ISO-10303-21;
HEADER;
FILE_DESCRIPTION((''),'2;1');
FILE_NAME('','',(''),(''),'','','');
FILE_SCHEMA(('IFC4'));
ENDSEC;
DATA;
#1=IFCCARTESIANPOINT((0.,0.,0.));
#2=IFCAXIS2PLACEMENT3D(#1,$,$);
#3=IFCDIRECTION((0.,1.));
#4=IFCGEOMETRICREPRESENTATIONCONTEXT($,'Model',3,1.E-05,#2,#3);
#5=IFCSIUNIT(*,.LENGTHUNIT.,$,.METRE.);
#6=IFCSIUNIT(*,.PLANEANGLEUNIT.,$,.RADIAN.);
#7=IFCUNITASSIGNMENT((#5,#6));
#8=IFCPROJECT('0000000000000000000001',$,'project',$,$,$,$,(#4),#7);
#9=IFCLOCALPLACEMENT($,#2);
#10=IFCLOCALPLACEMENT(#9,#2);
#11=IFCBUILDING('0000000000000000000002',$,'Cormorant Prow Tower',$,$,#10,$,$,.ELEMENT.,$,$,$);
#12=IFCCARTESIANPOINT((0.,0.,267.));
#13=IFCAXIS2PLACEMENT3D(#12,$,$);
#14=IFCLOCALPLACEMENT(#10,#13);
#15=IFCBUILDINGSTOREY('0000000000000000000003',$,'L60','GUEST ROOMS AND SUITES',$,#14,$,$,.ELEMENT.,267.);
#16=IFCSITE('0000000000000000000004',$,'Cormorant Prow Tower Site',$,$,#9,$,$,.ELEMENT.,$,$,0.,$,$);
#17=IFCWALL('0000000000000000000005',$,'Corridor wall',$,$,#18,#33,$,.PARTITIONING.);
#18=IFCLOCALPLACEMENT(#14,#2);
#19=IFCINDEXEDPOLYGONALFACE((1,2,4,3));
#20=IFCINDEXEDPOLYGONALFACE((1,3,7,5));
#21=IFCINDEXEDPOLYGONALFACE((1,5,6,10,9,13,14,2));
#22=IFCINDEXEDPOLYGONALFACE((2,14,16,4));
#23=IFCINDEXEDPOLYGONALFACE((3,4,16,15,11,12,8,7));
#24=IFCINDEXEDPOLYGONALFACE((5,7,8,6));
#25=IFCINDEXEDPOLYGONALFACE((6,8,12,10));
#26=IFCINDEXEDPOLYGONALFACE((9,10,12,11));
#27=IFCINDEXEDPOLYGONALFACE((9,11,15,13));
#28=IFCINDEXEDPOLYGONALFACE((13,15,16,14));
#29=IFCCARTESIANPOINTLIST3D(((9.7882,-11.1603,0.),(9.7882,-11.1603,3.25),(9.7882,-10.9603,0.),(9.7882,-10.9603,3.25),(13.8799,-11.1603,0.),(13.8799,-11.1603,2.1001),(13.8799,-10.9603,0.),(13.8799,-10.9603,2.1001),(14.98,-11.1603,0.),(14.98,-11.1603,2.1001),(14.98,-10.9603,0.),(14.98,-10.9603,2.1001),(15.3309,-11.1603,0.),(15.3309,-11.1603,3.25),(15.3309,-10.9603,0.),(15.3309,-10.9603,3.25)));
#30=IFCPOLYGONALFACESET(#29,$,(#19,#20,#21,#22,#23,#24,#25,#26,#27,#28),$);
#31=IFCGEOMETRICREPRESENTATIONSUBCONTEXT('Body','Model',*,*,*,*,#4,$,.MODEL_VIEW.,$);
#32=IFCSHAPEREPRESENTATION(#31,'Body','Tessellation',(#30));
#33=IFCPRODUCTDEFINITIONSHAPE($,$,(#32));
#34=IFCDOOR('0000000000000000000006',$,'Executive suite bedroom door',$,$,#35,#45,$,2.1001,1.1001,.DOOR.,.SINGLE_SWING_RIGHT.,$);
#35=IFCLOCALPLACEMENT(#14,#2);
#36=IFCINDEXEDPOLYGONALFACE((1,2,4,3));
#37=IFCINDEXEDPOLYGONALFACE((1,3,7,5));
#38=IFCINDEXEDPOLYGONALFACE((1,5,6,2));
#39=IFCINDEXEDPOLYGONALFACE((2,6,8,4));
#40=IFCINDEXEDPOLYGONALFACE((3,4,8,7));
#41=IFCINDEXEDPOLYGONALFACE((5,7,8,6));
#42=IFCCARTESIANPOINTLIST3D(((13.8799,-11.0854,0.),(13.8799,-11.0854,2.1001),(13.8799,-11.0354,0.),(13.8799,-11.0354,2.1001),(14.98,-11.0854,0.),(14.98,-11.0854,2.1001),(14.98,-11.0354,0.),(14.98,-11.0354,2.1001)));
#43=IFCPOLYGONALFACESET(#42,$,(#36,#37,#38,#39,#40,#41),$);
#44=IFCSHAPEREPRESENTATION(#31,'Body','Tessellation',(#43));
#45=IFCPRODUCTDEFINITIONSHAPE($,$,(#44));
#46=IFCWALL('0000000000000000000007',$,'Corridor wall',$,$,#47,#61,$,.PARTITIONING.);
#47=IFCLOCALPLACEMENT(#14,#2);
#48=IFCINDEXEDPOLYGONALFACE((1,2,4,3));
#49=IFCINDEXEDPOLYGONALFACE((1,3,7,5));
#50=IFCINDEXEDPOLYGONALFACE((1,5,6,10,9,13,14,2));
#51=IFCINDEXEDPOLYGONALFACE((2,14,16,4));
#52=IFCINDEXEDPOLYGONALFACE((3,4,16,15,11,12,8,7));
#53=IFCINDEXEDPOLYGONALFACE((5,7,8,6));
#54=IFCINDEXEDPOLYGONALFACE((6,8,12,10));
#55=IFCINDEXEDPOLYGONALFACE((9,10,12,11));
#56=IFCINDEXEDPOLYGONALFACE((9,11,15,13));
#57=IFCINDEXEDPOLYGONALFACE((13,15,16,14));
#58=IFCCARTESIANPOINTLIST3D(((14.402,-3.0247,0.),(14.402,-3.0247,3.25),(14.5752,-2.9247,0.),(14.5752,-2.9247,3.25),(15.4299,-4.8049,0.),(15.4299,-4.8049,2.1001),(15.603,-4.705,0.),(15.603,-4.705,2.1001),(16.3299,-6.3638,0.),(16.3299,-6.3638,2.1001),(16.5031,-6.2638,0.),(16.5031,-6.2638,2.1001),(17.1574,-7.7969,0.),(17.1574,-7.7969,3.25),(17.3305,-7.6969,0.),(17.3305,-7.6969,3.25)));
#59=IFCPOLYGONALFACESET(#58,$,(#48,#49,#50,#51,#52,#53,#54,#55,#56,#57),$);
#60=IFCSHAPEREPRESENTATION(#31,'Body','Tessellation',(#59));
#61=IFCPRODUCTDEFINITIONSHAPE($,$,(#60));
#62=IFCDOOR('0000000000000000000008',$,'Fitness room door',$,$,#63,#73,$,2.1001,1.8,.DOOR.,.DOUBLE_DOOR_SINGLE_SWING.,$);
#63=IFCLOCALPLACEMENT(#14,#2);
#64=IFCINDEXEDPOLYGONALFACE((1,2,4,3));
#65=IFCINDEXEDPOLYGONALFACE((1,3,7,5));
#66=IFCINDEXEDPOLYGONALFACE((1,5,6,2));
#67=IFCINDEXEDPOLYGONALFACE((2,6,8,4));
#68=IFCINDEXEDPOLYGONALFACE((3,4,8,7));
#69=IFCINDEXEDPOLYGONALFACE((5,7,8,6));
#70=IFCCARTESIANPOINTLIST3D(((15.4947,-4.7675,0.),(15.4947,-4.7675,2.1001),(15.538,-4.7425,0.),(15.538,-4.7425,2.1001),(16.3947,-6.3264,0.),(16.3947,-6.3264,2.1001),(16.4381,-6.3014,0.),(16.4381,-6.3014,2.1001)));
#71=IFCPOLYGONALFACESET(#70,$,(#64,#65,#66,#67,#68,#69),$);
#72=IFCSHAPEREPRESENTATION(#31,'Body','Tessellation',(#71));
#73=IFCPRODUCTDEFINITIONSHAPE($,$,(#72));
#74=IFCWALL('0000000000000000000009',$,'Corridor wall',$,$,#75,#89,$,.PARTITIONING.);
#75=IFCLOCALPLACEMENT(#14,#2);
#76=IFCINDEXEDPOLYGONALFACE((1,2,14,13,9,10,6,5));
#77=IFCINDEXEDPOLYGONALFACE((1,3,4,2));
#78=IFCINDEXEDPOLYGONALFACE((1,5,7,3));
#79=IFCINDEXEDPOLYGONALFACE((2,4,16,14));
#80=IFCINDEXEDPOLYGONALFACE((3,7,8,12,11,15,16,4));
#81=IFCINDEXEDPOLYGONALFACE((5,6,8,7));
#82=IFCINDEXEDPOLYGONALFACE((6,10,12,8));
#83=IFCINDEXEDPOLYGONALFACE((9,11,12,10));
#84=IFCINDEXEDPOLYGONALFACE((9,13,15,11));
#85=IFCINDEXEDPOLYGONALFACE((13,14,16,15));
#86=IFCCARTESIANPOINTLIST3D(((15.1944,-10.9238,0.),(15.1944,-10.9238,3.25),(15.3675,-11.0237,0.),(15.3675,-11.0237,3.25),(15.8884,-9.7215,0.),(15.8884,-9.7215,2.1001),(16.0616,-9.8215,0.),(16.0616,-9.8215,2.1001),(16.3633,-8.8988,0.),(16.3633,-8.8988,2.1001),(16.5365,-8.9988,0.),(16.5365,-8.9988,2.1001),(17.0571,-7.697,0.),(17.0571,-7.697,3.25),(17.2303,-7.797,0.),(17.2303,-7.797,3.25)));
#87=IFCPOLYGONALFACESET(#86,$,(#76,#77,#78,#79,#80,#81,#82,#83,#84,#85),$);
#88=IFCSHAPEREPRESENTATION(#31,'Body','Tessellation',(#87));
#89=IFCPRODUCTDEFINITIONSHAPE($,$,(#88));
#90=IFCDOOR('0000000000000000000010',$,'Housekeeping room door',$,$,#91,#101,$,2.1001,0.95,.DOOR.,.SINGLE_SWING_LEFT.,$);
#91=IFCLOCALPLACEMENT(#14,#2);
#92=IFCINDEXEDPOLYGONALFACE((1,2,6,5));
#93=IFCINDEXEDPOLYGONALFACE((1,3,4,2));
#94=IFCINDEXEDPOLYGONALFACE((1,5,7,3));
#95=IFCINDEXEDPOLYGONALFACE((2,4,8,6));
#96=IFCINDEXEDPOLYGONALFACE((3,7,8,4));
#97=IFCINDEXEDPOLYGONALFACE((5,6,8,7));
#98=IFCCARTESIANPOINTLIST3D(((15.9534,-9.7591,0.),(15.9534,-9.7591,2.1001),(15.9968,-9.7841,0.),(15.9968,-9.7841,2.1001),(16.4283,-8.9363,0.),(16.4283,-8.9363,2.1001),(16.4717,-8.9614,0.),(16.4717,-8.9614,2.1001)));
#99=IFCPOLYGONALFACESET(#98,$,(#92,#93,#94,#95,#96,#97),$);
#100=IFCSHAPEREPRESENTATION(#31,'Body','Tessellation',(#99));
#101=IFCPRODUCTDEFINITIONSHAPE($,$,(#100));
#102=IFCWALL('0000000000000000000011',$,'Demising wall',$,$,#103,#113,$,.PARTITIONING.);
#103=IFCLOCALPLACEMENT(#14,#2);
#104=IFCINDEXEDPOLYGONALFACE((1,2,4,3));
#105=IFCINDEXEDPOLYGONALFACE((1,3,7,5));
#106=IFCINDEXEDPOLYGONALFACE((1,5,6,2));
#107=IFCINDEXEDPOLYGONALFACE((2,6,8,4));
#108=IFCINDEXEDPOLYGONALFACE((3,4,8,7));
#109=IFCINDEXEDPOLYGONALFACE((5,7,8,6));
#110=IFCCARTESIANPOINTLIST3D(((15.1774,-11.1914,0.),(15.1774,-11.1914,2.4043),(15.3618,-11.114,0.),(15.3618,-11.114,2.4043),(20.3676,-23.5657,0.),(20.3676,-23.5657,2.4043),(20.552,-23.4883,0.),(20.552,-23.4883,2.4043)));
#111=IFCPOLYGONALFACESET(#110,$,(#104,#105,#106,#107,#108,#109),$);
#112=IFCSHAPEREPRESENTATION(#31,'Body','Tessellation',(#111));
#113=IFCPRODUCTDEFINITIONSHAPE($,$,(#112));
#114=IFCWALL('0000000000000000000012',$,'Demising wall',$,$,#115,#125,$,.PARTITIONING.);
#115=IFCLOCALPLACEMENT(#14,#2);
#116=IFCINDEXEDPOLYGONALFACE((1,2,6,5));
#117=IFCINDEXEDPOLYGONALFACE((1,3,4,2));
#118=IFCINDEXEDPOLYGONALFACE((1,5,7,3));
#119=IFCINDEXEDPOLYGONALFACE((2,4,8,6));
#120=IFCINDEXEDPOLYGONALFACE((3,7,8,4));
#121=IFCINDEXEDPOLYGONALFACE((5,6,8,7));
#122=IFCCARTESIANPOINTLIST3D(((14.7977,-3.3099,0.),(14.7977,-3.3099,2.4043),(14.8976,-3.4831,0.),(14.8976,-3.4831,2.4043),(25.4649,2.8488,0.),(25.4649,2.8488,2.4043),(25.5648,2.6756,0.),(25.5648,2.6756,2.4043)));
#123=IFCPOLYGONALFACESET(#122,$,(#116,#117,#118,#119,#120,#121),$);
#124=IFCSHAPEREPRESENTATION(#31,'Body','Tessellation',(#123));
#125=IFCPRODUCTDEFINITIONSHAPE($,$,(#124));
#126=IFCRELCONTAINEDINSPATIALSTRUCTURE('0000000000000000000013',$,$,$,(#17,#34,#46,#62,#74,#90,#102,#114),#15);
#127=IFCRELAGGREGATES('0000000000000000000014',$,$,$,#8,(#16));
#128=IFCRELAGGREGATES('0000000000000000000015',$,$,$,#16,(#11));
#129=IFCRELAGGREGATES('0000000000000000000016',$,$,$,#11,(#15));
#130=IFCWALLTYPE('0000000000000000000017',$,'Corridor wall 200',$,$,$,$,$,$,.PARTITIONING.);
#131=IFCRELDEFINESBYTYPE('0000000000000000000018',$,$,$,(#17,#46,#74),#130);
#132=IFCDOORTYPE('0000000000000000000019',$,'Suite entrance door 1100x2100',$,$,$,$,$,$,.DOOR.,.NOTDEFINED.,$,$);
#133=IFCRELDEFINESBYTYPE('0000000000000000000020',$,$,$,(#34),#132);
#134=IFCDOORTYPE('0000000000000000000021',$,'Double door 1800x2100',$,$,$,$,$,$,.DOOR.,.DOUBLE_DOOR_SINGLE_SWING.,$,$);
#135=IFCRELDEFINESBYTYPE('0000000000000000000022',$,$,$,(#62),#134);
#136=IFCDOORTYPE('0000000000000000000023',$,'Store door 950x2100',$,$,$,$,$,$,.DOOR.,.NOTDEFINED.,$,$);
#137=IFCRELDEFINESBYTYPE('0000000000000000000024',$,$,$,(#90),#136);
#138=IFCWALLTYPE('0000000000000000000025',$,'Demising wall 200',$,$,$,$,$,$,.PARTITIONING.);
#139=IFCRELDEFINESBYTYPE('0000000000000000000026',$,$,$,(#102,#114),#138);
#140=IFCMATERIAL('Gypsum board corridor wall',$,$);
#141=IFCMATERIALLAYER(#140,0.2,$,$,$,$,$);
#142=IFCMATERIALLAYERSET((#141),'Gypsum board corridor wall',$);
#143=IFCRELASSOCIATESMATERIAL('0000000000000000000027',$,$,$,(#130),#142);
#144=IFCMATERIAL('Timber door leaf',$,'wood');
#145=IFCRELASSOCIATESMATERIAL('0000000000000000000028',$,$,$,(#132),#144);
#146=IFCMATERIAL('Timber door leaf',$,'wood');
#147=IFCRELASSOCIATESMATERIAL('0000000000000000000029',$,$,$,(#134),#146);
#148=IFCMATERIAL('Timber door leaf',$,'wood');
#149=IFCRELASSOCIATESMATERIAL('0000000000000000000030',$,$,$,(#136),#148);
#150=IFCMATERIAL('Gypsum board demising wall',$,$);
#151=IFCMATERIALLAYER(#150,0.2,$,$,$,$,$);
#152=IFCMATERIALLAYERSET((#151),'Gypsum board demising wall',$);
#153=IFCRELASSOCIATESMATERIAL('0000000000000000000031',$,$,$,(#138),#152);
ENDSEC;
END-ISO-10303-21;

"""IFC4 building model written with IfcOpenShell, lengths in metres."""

from ifc_helpers import new_model, si_unit, direction, frame, frame_2d, origin, place, context, subcontext, project, spatial, rectangle, extrude, material, layer, layer_set, type_object, element, fill, save


model = new_model("IFC4")

# Units and contexts
model_context = context("Model", 3, precision=1e-05, world=origin(), true_north=direction((0.0, 1.0)))
body_context = subcontext(model_context, "Body", "Model", "MODEL_VIEW")
ifc_project = project(units=[si_unit("LENGTHUNIT", "METRE"), si_unit("PLANEANGLEUNIT", "RADIAN")], contexts=[model_context])

# Site, building, storey
site_placement = place(None, origin())
site = spatial("IfcSite", under=ifc_project, at=site_placement, Name="Cormorant Prow Tower Site", CompositionType="ELEMENT", RefElevation=0.0)
building_placement = place(site_placement, origin())
building = spatial("IfcBuilding", under=site, at=building_placement, Name="Cormorant Prow Tower", CompositionType="ELEMENT")
storey_placement = place(building_placement, frame((0.0, 0.0, 267.0)))
storey = spatial("IfcBuildingStorey", under=building, at=storey_placement, Name="L60", Description="GUEST ROOMS AND SUITES", CompositionType="ELEMENT", Elevation=267.0)

# Walls, openings, doors
ifc_material_1 = material(Name="Gypsum board corridor wall")
ifc_layer_1 = layer(ifc_material_1, 0.2)
ifc_layer_set_1 = layer_set([ifc_layer_1], Name="Gypsum board corridor wall")
wall_type_1 = type_object("IfcWallType", Name="Corridor wall 200", PredefinedType="PARTITIONING", material=ifc_layer_set_1)
ifc_material_2 = material(Name="Timber door leaf", Category="wood")
door_type_1 = type_object("IfcDoorType", Name="Suite entrance door 1100x2100", OperationType="NOTDEFINED", PredefinedType="DOOR", material=ifc_material_2)
wall_1_placement = place(storey_placement, frame((9.7881, -11.0603, 0.0), z_axis=(0.0, 0.0, 1.0), x_axis=(1.0, 0.0, 0.0)))
wall_1 = element("IfcWall", 1, at=wall_1_placement, inside=storey, type_object=wall_type_1, Name="Corridor wall", PredefinedType="PARTITIONING", context=body_context, shape_type="SweptSolid", body=[
    extrude(rectangle(XDim=5.5427, YDim=0.2, at=frame_2d((2.7715, 0.0))), origin(), (0.0, 0.0, 1.0), 3.25),
])
opening_1_placement = place(wall_1_placement, frame((4.0918, 0.0, 0.0)))
opening_1 = element("IfcOpeningElement", 2, at=opening_1_placement, cuts=wall_1, PredefinedType="OPENING", context=body_context, shape_type="SweptSolid", body=[
    extrude(rectangle(XDim=1.1001, YDim=2.1001, at=frame_2d((0.55, 1.05))), frame((0.0, 0.1099, 0.0), z_axis=(0.0, -1.0, 0.0), x_axis=(1.0, 0.0, 0.0)), (0.0, 0.0, 1.0), 0.22),
])
door_1_placement = place(opening_1_placement, origin())
door_1 = element("IfcDoor", 3, at=door_1_placement, inside=storey, type_object=door_type_1, Name="Executive suite bedroom door", OperationType="SINGLE_SWING_RIGHT", OverallHeight=2.1001, OverallWidth=1.1001, PredefinedType="DOOR", context=body_context, shape_type="SweptSolid", body=[
    extrude(rectangle(XDim=1.1001, YDim=2.1001, at=frame_2d((0.55, 1.05))), frame((0.0, 0.0249, 0.0), z_axis=(0.0, -1.0, 0.0), x_axis=(1.0, 0.0, 0.0)), (0.0, 0.0, 1.0), 0.05),
])
fill(opening_1, door_1)
wall_2_placement = place(storey_placement, frame((14.4885, -2.9746, 0.0), z_axis=(0.0, 0.0, 1.0), x_axis=(0.500018, -0.866015, 0.0)))
wall_2 = element("IfcWall", 4, at=wall_2_placement, inside=storey, type_object=wall_type_1, Name="Corridor wall", PredefinedType="PARTITIONING", context=body_context, shape_type="SweptSolid", body=[
    extrude(rectangle(XDim=5.5105, YDim=0.2, at=frame_2d((2.7554, 0.0))), origin(), (0.0, 0.0, 1.0), 3.25),
])
opening_2_placement = place(wall_2_placement, frame((2.0559, 0.0, 0.0)))
opening_2 = element("IfcOpeningElement", 5, at=opening_2_placement, cuts=wall_2, PredefinedType="OPENING", context=body_context, shape_type="SweptSolid", body=[
    extrude(rectangle(XDim=1.8, YDim=2.1001, at=frame_2d((0.8999, 1.05))), frame((0.0, 0.1099, 0.0), z_axis=(0.0, -1.0, 0.0), x_axis=(1.0, 0.0, 0.0)), (0.0, 0.0, 1.0), 0.22),
])
ifc_material_3 = material(Name="Timber door leaf", Category="wood")
door_type_2 = type_object("IfcDoorType", Name="Double door 1800x2100", OperationType="DOUBLE_DOOR_SINGLE_SWING", PredefinedType="DOOR", material=ifc_material_3)
door_2_placement = place(opening_2_placement, origin())
door_2 = element("IfcDoor", 6, at=door_2_placement, inside=storey, type_object=door_type_2, Name="Fitness room door", OperationType="DOUBLE_DOOR_SINGLE_SWING", OverallHeight=2.1001, OverallWidth=1.8, PredefinedType="DOOR", context=body_context, shape_type="SweptSolid", body=[
    extrude(rectangle(XDim=1.8, YDim=2.1001, at=frame_2d((0.8999, 1.05))), frame((0.0, 0.0249, 0.0), z_axis=(0.0, -1.0, 0.0), x_axis=(1.0, 0.0, 0.0)), (0.0, 0.0, 1.0), 0.05),
])
fill(opening_2, door_2)
wall_3_placement = place(storey_placement, frame((15.281, -10.9736, 0.0), z_axis=(0.0, 0.0, 1.0), x_axis=(0.499959, 0.866049, 0.0)))
wall_3 = element("IfcWall", 7, at=wall_3_placement, inside=storey, type_object=wall_type_1, Name="Corridor wall", PredefinedType="PARTITIONING", context=body_context, shape_type="SweptSolid", body=[
    extrude(rectangle(XDim=3.7258, YDim=0.2, at=frame_2d((1.8628, 0.0))), origin(), (0.0, 0.0, 1.0), 3.25),
])
opening_3_placement = place(wall_3_placement, frame((1.3879, 0.0, 0.0)))
opening_3 = element("IfcOpeningElement", 8, at=opening_3_placement, cuts=wall_3, PredefinedType="OPENING", context=body_context, shape_type="SweptSolid", body=[
    extrude(rectangle(XDim=0.95, YDim=2.1001, at=frame_2d((0.4751, 1.05))), frame((0.0, 0.1099, 0.0), z_axis=(0.0, -1.0, 0.0), x_axis=(1.0, 0.0, 0.0)), (0.0, 0.0, 1.0), 0.22),
])
ifc_material_4 = material(Name="Timber door leaf", Category="wood")
door_type_3 = type_object("IfcDoorType", Name="Store door 950x2100", OperationType="NOTDEFINED", PredefinedType="DOOR", material=ifc_material_4)
door_3_placement = place(opening_3_placement, origin())
door_3 = element("IfcDoor", 9, at=door_3_placement, inside=storey, type_object=door_type_3, Name="Housekeeping room door", OperationType="SINGLE_SWING_LEFT", OverallHeight=2.1001, OverallWidth=0.95, PredefinedType="DOOR", context=body_context, shape_type="SweptSolid", body=[
    extrude(rectangle(XDim=0.95, YDim=2.1001, at=frame_2d((0.4751, 1.05))), frame((0.0, 0.0249, 0.0), z_axis=(0.0, -1.0, 0.0), x_axis=(1.0, 0.0, 0.0)), (0.0, 0.0, 1.0), 0.05),
])
fill(opening_3, door_3)

# Walls
ifc_material_5 = material(Name="Gypsum board demising wall")
ifc_layer_2 = layer(ifc_material_5, 0.2)
ifc_layer_set_2 = layer_set([ifc_layer_2], Name="Gypsum board demising wall")
wall_type_2 = type_object("IfcWallType", Name="Demising wall 200", PredefinedType="PARTITIONING", material=ifc_layer_set_2)
wall_4_placement = place(storey_placement, frame((15.2695, -11.1526, 0.0), z_axis=(0.0, 0.0, 1.0), x_axis=(0.386789, -0.922168, 0.0)))
element("IfcWall", 10, at=wall_4_placement, inside=storey, type_object=wall_type_2, Name="Demising wall", PredefinedType="PARTITIONING", context=body_context, shape_type="SweptSolid", body=[
    extrude(rectangle(XDim=13.4187, YDim=0.2, at=frame_2d((6.7095, 0.0))), origin(), (0.0, 0.0, 1.0), 2.4043),
])
wall_5_placement = place(storey_placement, frame((14.8477, -3.3965, 0.0), z_axis=(0.0, 0.0, 1.0), x_axis=(0.866027, 0.499998, 0.0)))
element("IfcWall", 11, at=wall_5_placement, inside=storey, type_object=wall_type_2, Name="Demising wall", PredefinedType="PARTITIONING", context=body_context, shape_type="SweptSolid", body=[
    extrude(rectangle(XDim=12.3174, YDim=0.2, at=frame_2d((6.1587, 0.0))), origin(), (0.0, 0.0, 1.0), 2.4043),
])

save(model, "model.ifc")
